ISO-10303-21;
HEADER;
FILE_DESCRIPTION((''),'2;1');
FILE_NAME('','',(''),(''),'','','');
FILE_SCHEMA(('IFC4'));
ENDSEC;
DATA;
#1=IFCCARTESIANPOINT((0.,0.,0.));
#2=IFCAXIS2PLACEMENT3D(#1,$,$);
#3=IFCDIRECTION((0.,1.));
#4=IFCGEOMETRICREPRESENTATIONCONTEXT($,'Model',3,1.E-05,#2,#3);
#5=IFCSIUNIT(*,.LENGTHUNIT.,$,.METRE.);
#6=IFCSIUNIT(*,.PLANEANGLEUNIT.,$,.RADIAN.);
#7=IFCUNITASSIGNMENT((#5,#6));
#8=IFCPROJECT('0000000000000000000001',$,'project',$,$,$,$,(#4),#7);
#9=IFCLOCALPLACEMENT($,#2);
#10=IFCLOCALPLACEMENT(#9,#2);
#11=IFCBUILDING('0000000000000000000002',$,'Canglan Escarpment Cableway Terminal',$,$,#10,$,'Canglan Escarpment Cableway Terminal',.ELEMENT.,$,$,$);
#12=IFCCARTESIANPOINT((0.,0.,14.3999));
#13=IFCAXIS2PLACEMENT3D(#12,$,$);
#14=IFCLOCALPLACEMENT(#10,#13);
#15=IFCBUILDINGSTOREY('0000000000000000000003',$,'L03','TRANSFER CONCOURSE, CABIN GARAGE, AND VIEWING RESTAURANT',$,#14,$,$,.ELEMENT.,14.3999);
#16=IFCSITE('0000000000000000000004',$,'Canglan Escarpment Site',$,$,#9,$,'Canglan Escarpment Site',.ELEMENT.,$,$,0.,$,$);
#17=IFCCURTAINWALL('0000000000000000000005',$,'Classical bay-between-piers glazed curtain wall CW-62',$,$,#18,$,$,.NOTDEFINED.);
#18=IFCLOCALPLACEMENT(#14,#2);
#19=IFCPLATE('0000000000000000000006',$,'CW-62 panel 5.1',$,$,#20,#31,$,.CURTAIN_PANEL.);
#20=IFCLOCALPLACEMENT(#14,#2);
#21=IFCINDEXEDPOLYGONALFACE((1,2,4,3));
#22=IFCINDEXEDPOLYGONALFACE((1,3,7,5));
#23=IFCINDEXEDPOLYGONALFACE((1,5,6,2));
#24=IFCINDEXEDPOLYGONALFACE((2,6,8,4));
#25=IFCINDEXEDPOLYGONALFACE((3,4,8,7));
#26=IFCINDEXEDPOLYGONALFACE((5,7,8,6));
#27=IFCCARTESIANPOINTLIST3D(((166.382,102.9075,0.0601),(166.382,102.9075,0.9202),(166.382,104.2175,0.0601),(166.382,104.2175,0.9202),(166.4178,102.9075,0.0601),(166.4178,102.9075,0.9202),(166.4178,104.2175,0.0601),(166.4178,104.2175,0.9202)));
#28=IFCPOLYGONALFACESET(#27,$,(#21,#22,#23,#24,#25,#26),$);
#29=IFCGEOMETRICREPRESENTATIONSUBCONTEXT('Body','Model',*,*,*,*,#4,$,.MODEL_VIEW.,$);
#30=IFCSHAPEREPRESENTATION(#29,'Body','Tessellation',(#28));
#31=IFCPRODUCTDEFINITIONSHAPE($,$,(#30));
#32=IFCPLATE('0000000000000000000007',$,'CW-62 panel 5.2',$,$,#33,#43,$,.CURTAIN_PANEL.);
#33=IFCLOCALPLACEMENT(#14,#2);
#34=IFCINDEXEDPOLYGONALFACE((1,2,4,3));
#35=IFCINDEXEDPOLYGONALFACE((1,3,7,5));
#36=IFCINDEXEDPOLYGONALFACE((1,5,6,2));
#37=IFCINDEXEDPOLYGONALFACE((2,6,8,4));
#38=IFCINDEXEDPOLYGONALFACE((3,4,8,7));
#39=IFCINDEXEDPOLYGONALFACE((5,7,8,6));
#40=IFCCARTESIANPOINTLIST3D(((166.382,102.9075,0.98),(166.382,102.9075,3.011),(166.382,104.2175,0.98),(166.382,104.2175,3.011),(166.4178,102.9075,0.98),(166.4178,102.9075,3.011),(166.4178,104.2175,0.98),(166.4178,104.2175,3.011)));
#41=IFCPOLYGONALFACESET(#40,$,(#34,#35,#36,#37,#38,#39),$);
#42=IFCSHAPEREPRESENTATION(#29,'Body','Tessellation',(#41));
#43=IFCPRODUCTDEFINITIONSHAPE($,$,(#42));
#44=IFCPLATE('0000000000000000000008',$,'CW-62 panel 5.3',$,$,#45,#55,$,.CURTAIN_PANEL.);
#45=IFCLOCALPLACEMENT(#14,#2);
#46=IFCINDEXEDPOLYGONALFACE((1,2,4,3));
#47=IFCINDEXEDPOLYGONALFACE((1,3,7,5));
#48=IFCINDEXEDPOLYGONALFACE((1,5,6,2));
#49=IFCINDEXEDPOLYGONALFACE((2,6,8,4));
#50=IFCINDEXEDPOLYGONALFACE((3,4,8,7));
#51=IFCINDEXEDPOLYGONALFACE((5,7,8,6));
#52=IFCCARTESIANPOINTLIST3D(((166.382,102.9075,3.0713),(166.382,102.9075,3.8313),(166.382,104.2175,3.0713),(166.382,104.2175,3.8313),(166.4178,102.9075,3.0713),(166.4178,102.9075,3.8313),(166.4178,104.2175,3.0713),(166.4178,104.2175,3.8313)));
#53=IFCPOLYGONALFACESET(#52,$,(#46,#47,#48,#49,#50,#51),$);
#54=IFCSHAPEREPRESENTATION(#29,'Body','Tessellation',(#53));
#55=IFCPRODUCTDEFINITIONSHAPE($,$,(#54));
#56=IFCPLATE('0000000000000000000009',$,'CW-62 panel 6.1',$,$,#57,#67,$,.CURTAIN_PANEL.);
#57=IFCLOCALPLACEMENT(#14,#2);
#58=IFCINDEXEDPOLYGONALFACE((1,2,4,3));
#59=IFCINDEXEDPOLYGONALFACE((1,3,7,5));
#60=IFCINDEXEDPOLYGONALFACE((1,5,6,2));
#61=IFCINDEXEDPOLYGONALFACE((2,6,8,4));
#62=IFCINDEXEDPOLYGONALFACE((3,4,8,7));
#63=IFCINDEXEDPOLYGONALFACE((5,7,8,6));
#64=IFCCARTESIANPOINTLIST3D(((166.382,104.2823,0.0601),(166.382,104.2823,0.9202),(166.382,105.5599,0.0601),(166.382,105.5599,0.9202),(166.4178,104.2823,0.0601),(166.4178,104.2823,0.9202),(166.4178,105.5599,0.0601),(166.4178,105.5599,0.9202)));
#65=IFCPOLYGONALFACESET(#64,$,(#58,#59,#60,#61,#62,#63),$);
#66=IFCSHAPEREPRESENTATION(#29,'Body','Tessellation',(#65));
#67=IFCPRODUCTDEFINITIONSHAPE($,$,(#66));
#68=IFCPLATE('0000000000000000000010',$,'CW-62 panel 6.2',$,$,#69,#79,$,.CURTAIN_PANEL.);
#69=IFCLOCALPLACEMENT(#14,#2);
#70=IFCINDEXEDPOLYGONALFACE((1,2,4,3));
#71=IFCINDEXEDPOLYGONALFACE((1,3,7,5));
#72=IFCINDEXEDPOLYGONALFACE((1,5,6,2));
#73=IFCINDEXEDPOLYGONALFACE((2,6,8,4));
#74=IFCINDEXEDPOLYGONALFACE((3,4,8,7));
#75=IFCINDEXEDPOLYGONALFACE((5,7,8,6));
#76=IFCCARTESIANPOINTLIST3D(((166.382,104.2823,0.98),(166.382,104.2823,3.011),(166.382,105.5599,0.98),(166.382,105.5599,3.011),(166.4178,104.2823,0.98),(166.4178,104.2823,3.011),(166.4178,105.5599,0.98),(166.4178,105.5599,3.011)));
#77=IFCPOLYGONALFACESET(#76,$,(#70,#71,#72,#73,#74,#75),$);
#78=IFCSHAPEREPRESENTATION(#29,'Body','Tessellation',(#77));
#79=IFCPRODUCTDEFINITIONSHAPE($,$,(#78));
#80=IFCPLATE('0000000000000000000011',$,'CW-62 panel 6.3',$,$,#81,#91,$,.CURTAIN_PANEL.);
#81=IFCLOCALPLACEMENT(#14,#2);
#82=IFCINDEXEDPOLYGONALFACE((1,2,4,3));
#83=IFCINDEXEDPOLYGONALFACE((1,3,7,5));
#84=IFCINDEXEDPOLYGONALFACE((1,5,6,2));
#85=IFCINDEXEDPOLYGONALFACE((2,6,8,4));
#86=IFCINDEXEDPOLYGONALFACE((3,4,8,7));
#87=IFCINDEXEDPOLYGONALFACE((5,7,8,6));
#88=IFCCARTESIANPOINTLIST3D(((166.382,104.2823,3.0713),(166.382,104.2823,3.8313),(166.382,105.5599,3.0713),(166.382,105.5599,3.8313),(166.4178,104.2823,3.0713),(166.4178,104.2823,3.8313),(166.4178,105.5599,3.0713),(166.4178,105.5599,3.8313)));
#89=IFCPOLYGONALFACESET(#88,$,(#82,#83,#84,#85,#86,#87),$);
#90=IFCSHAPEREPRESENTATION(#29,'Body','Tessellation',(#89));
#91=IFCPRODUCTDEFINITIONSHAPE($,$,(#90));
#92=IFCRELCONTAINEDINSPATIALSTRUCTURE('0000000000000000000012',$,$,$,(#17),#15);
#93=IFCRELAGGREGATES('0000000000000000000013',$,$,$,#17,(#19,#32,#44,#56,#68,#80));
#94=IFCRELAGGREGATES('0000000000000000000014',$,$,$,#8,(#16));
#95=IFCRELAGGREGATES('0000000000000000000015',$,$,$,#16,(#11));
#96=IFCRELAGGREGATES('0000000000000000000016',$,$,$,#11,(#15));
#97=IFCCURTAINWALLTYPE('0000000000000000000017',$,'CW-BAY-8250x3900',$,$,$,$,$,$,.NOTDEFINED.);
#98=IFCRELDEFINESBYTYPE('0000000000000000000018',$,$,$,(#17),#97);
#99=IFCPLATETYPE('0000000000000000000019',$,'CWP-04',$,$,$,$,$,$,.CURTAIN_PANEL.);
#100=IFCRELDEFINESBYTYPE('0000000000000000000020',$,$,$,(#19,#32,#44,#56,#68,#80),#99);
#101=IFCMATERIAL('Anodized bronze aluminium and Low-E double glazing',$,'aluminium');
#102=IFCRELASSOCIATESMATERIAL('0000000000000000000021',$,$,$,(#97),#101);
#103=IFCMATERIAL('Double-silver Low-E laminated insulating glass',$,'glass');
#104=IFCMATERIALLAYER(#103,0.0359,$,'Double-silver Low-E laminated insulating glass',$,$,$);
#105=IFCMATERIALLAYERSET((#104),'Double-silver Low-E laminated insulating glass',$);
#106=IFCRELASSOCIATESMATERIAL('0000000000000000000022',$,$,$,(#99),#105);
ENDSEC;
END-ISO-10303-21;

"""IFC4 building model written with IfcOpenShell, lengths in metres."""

from ifc_helpers import new_model, si_unit, direction, frame, origin, origin_2d, place, context, subcontext, project, spatial, rectangle, extrude, material, layer, layer_set, type_object, element, aggregate, save


model = new_model("IFC4")

# Units and contexts
model_context = context("Model", 3, precision=1e-05, world=origin(), true_north=direction((0.0, 1.0)))
body_context = subcontext(model_context, "Body", "Model", "MODEL_VIEW")
ifc_project = project(units=[si_unit("LENGTHUNIT", "METRE"), si_unit("PLANEANGLEUNIT", "RADIAN")], contexts=[model_context])

# Site, building, storey
site_placement = place(None, origin())
site = spatial("IfcSite", under=ifc_project, at=site_placement, Name="Canglan Escarpment Site", LongName="Canglan Escarpment Site", CompositionType="ELEMENT", RefElevation=0.0)
building_placement = place(site_placement, origin())
building = spatial("IfcBuilding", under=site, at=building_placement, Name="Canglan Escarpment Cableway Terminal", LongName="Canglan Escarpment Cableway Terminal", CompositionType="ELEMENT")
storey_placement = place(building_placement, frame((0.0, 0.0, 14.3999)))
storey = spatial("IfcBuildingStorey", under=building, at=storey_placement, Name="L03", Description="TRANSFER CONCOURSE, CABIN GARAGE, AND VIEWING RESTAURANT", CompositionType="ELEMENT", Elevation=14.3999)

# Curtain wall, plates
ifc_material_1 = material(Name="Anodized bronze aluminium and Low-E double glazing", Category="aluminium")
curtain_wall_type = type_object("IfcCurtainWallType", Name="CW-BAY-8250x3900", PredefinedType="NOTDEFINED", material=ifc_material_1)
curtain_wall_placement = place(storey_placement, origin())
curtain_wall = element("IfcCurtainWall", 1, at=curtain_wall_placement, inside=storey, type_object=curtain_wall_type, Name="Classical bay-between-piers glazed curtain wall CW-62", PredefinedType="NOTDEFINED")
ifc_material_2 = material(Name="Double-silver Low-E laminated insulating glass", Category="glass")
ifc_layer = layer(ifc_material_2, 0.0359, Name="Double-silver Low-E laminated insulating glass")
ifc_layer_set = layer_set([ifc_layer], Name="Double-silver Low-E laminated insulating glass")
plate_type = type_object("IfcPlateType", Name="CWP-04", PredefinedType="CURTAIN_PANEL", material=ifc_layer_set)
plate_1_placement = place(storey_placement, frame((166.3999, 103.5625, 0.0601), z_axis=(0.0, 0.0, 1.0), x_axis=(0.0, 1.0, 0.0)))
plate_1 = element("IfcPlate", 2, at=plate_1_placement, type_object=plate_type, Name="CW-62 panel 5.1", PredefinedType="CURTAIN_PANEL", context=body_context, shape_type="SweptSolid", body=[
    extrude(rectangle(XDim=1.3101, YDim=0.0359, at=origin_2d()), origin(), (0.0, 0.0, 1.0), 0.8601),
])
plate_2_placement = place(storey_placement, frame((166.3999, 103.5625, 0.98), z_axis=(0.0, 0.0, 1.0), x_axis=(0.0, 1.0, 0.0)))
plate_2 = element("IfcPlate", 3, at=plate_2_placement, type_object=plate_type, Name="CW-62 panel 5.2", PredefinedType="CURTAIN_PANEL", context=body_context, shape_type="SweptSolid", body=[
    extrude(rectangle(XDim=1.3101, YDim=0.0359, at=origin_2d()), origin(), (0.0, 0.0, 1.0), 2.031),
])
plate_3_placement = place(storey_placement, frame((166.3999, 103.5625, 3.0713), z_axis=(0.0, 0.0, 1.0), x_axis=(0.0, 1.0, 0.0)))
plate_3 = element("IfcPlate", 4, at=plate_3_placement, type_object=plate_type, Name="CW-62 panel 5.3", PredefinedType="CURTAIN_PANEL", context=body_context, shape_type="SweptSolid", body=[
    extrude(rectangle(XDim=1.3101, YDim=0.0359, at=origin_2d()), origin(), (0.0, 0.0, 1.0), 0.76),
])
plate_4_placement = place(storey_placement, frame((166.3999, 104.9211, 0.0601), z_axis=(0.0, 0.0, 1.0), x_axis=(0.0, 1.0, 0.0)))
plate_4 = element("IfcPlate", 5, at=plate_4_placement, type_object=plate_type, Name="CW-62 panel 6.1", PredefinedType="CURTAIN_PANEL", context=body_context, shape_type="SweptSolid", body=[
    extrude(rectangle(XDim=1.2776, YDim=0.0359, at=origin_2d()), origin(), (0.0, 0.0, 1.0), 0.8601),
])
plate_5_placement = place(storey_placement, frame((166.3999, 104.9211, 0.98), z_axis=(0.0, 0.0, 1.0), x_axis=(0.0, 1.0, 0.0)))
plate_5 = element("IfcPlate", 6, at=plate_5_placement, type_object=plate_type, Name="CW-62 panel 6.2", PredefinedType="CURTAIN_PANEL", context=body_context, shape_type="SweptSolid", body=[
    extrude(rectangle(XDim=1.2776, YDim=0.0359, at=origin_2d()), origin(), (0.0, 0.0, 1.0), 2.031),
])
plate_6_placement = place(storey_placement, frame((166.3999, 104.9211, 3.0713), z_axis=(0.0, 0.0, 1.0), x_axis=(0.0, 1.0, 0.0)))
plate_6 = element("IfcPlate", 7, at=plate_6_placement, type_object=plate_type, Name="CW-62 panel 6.3", PredefinedType="CURTAIN_PANEL", context=body_context, shape_type="SweptSolid", body=[
    extrude(rectangle(XDim=1.2776, YDim=0.0359, at=origin_2d()), origin(), (0.0, 0.0, 1.0), 0.76),
])
aggregate(curtain_wall, [plate_1, plate_2, plate_3, plate_4, plate_5, plate_6])

save(model, "model.ifc")
